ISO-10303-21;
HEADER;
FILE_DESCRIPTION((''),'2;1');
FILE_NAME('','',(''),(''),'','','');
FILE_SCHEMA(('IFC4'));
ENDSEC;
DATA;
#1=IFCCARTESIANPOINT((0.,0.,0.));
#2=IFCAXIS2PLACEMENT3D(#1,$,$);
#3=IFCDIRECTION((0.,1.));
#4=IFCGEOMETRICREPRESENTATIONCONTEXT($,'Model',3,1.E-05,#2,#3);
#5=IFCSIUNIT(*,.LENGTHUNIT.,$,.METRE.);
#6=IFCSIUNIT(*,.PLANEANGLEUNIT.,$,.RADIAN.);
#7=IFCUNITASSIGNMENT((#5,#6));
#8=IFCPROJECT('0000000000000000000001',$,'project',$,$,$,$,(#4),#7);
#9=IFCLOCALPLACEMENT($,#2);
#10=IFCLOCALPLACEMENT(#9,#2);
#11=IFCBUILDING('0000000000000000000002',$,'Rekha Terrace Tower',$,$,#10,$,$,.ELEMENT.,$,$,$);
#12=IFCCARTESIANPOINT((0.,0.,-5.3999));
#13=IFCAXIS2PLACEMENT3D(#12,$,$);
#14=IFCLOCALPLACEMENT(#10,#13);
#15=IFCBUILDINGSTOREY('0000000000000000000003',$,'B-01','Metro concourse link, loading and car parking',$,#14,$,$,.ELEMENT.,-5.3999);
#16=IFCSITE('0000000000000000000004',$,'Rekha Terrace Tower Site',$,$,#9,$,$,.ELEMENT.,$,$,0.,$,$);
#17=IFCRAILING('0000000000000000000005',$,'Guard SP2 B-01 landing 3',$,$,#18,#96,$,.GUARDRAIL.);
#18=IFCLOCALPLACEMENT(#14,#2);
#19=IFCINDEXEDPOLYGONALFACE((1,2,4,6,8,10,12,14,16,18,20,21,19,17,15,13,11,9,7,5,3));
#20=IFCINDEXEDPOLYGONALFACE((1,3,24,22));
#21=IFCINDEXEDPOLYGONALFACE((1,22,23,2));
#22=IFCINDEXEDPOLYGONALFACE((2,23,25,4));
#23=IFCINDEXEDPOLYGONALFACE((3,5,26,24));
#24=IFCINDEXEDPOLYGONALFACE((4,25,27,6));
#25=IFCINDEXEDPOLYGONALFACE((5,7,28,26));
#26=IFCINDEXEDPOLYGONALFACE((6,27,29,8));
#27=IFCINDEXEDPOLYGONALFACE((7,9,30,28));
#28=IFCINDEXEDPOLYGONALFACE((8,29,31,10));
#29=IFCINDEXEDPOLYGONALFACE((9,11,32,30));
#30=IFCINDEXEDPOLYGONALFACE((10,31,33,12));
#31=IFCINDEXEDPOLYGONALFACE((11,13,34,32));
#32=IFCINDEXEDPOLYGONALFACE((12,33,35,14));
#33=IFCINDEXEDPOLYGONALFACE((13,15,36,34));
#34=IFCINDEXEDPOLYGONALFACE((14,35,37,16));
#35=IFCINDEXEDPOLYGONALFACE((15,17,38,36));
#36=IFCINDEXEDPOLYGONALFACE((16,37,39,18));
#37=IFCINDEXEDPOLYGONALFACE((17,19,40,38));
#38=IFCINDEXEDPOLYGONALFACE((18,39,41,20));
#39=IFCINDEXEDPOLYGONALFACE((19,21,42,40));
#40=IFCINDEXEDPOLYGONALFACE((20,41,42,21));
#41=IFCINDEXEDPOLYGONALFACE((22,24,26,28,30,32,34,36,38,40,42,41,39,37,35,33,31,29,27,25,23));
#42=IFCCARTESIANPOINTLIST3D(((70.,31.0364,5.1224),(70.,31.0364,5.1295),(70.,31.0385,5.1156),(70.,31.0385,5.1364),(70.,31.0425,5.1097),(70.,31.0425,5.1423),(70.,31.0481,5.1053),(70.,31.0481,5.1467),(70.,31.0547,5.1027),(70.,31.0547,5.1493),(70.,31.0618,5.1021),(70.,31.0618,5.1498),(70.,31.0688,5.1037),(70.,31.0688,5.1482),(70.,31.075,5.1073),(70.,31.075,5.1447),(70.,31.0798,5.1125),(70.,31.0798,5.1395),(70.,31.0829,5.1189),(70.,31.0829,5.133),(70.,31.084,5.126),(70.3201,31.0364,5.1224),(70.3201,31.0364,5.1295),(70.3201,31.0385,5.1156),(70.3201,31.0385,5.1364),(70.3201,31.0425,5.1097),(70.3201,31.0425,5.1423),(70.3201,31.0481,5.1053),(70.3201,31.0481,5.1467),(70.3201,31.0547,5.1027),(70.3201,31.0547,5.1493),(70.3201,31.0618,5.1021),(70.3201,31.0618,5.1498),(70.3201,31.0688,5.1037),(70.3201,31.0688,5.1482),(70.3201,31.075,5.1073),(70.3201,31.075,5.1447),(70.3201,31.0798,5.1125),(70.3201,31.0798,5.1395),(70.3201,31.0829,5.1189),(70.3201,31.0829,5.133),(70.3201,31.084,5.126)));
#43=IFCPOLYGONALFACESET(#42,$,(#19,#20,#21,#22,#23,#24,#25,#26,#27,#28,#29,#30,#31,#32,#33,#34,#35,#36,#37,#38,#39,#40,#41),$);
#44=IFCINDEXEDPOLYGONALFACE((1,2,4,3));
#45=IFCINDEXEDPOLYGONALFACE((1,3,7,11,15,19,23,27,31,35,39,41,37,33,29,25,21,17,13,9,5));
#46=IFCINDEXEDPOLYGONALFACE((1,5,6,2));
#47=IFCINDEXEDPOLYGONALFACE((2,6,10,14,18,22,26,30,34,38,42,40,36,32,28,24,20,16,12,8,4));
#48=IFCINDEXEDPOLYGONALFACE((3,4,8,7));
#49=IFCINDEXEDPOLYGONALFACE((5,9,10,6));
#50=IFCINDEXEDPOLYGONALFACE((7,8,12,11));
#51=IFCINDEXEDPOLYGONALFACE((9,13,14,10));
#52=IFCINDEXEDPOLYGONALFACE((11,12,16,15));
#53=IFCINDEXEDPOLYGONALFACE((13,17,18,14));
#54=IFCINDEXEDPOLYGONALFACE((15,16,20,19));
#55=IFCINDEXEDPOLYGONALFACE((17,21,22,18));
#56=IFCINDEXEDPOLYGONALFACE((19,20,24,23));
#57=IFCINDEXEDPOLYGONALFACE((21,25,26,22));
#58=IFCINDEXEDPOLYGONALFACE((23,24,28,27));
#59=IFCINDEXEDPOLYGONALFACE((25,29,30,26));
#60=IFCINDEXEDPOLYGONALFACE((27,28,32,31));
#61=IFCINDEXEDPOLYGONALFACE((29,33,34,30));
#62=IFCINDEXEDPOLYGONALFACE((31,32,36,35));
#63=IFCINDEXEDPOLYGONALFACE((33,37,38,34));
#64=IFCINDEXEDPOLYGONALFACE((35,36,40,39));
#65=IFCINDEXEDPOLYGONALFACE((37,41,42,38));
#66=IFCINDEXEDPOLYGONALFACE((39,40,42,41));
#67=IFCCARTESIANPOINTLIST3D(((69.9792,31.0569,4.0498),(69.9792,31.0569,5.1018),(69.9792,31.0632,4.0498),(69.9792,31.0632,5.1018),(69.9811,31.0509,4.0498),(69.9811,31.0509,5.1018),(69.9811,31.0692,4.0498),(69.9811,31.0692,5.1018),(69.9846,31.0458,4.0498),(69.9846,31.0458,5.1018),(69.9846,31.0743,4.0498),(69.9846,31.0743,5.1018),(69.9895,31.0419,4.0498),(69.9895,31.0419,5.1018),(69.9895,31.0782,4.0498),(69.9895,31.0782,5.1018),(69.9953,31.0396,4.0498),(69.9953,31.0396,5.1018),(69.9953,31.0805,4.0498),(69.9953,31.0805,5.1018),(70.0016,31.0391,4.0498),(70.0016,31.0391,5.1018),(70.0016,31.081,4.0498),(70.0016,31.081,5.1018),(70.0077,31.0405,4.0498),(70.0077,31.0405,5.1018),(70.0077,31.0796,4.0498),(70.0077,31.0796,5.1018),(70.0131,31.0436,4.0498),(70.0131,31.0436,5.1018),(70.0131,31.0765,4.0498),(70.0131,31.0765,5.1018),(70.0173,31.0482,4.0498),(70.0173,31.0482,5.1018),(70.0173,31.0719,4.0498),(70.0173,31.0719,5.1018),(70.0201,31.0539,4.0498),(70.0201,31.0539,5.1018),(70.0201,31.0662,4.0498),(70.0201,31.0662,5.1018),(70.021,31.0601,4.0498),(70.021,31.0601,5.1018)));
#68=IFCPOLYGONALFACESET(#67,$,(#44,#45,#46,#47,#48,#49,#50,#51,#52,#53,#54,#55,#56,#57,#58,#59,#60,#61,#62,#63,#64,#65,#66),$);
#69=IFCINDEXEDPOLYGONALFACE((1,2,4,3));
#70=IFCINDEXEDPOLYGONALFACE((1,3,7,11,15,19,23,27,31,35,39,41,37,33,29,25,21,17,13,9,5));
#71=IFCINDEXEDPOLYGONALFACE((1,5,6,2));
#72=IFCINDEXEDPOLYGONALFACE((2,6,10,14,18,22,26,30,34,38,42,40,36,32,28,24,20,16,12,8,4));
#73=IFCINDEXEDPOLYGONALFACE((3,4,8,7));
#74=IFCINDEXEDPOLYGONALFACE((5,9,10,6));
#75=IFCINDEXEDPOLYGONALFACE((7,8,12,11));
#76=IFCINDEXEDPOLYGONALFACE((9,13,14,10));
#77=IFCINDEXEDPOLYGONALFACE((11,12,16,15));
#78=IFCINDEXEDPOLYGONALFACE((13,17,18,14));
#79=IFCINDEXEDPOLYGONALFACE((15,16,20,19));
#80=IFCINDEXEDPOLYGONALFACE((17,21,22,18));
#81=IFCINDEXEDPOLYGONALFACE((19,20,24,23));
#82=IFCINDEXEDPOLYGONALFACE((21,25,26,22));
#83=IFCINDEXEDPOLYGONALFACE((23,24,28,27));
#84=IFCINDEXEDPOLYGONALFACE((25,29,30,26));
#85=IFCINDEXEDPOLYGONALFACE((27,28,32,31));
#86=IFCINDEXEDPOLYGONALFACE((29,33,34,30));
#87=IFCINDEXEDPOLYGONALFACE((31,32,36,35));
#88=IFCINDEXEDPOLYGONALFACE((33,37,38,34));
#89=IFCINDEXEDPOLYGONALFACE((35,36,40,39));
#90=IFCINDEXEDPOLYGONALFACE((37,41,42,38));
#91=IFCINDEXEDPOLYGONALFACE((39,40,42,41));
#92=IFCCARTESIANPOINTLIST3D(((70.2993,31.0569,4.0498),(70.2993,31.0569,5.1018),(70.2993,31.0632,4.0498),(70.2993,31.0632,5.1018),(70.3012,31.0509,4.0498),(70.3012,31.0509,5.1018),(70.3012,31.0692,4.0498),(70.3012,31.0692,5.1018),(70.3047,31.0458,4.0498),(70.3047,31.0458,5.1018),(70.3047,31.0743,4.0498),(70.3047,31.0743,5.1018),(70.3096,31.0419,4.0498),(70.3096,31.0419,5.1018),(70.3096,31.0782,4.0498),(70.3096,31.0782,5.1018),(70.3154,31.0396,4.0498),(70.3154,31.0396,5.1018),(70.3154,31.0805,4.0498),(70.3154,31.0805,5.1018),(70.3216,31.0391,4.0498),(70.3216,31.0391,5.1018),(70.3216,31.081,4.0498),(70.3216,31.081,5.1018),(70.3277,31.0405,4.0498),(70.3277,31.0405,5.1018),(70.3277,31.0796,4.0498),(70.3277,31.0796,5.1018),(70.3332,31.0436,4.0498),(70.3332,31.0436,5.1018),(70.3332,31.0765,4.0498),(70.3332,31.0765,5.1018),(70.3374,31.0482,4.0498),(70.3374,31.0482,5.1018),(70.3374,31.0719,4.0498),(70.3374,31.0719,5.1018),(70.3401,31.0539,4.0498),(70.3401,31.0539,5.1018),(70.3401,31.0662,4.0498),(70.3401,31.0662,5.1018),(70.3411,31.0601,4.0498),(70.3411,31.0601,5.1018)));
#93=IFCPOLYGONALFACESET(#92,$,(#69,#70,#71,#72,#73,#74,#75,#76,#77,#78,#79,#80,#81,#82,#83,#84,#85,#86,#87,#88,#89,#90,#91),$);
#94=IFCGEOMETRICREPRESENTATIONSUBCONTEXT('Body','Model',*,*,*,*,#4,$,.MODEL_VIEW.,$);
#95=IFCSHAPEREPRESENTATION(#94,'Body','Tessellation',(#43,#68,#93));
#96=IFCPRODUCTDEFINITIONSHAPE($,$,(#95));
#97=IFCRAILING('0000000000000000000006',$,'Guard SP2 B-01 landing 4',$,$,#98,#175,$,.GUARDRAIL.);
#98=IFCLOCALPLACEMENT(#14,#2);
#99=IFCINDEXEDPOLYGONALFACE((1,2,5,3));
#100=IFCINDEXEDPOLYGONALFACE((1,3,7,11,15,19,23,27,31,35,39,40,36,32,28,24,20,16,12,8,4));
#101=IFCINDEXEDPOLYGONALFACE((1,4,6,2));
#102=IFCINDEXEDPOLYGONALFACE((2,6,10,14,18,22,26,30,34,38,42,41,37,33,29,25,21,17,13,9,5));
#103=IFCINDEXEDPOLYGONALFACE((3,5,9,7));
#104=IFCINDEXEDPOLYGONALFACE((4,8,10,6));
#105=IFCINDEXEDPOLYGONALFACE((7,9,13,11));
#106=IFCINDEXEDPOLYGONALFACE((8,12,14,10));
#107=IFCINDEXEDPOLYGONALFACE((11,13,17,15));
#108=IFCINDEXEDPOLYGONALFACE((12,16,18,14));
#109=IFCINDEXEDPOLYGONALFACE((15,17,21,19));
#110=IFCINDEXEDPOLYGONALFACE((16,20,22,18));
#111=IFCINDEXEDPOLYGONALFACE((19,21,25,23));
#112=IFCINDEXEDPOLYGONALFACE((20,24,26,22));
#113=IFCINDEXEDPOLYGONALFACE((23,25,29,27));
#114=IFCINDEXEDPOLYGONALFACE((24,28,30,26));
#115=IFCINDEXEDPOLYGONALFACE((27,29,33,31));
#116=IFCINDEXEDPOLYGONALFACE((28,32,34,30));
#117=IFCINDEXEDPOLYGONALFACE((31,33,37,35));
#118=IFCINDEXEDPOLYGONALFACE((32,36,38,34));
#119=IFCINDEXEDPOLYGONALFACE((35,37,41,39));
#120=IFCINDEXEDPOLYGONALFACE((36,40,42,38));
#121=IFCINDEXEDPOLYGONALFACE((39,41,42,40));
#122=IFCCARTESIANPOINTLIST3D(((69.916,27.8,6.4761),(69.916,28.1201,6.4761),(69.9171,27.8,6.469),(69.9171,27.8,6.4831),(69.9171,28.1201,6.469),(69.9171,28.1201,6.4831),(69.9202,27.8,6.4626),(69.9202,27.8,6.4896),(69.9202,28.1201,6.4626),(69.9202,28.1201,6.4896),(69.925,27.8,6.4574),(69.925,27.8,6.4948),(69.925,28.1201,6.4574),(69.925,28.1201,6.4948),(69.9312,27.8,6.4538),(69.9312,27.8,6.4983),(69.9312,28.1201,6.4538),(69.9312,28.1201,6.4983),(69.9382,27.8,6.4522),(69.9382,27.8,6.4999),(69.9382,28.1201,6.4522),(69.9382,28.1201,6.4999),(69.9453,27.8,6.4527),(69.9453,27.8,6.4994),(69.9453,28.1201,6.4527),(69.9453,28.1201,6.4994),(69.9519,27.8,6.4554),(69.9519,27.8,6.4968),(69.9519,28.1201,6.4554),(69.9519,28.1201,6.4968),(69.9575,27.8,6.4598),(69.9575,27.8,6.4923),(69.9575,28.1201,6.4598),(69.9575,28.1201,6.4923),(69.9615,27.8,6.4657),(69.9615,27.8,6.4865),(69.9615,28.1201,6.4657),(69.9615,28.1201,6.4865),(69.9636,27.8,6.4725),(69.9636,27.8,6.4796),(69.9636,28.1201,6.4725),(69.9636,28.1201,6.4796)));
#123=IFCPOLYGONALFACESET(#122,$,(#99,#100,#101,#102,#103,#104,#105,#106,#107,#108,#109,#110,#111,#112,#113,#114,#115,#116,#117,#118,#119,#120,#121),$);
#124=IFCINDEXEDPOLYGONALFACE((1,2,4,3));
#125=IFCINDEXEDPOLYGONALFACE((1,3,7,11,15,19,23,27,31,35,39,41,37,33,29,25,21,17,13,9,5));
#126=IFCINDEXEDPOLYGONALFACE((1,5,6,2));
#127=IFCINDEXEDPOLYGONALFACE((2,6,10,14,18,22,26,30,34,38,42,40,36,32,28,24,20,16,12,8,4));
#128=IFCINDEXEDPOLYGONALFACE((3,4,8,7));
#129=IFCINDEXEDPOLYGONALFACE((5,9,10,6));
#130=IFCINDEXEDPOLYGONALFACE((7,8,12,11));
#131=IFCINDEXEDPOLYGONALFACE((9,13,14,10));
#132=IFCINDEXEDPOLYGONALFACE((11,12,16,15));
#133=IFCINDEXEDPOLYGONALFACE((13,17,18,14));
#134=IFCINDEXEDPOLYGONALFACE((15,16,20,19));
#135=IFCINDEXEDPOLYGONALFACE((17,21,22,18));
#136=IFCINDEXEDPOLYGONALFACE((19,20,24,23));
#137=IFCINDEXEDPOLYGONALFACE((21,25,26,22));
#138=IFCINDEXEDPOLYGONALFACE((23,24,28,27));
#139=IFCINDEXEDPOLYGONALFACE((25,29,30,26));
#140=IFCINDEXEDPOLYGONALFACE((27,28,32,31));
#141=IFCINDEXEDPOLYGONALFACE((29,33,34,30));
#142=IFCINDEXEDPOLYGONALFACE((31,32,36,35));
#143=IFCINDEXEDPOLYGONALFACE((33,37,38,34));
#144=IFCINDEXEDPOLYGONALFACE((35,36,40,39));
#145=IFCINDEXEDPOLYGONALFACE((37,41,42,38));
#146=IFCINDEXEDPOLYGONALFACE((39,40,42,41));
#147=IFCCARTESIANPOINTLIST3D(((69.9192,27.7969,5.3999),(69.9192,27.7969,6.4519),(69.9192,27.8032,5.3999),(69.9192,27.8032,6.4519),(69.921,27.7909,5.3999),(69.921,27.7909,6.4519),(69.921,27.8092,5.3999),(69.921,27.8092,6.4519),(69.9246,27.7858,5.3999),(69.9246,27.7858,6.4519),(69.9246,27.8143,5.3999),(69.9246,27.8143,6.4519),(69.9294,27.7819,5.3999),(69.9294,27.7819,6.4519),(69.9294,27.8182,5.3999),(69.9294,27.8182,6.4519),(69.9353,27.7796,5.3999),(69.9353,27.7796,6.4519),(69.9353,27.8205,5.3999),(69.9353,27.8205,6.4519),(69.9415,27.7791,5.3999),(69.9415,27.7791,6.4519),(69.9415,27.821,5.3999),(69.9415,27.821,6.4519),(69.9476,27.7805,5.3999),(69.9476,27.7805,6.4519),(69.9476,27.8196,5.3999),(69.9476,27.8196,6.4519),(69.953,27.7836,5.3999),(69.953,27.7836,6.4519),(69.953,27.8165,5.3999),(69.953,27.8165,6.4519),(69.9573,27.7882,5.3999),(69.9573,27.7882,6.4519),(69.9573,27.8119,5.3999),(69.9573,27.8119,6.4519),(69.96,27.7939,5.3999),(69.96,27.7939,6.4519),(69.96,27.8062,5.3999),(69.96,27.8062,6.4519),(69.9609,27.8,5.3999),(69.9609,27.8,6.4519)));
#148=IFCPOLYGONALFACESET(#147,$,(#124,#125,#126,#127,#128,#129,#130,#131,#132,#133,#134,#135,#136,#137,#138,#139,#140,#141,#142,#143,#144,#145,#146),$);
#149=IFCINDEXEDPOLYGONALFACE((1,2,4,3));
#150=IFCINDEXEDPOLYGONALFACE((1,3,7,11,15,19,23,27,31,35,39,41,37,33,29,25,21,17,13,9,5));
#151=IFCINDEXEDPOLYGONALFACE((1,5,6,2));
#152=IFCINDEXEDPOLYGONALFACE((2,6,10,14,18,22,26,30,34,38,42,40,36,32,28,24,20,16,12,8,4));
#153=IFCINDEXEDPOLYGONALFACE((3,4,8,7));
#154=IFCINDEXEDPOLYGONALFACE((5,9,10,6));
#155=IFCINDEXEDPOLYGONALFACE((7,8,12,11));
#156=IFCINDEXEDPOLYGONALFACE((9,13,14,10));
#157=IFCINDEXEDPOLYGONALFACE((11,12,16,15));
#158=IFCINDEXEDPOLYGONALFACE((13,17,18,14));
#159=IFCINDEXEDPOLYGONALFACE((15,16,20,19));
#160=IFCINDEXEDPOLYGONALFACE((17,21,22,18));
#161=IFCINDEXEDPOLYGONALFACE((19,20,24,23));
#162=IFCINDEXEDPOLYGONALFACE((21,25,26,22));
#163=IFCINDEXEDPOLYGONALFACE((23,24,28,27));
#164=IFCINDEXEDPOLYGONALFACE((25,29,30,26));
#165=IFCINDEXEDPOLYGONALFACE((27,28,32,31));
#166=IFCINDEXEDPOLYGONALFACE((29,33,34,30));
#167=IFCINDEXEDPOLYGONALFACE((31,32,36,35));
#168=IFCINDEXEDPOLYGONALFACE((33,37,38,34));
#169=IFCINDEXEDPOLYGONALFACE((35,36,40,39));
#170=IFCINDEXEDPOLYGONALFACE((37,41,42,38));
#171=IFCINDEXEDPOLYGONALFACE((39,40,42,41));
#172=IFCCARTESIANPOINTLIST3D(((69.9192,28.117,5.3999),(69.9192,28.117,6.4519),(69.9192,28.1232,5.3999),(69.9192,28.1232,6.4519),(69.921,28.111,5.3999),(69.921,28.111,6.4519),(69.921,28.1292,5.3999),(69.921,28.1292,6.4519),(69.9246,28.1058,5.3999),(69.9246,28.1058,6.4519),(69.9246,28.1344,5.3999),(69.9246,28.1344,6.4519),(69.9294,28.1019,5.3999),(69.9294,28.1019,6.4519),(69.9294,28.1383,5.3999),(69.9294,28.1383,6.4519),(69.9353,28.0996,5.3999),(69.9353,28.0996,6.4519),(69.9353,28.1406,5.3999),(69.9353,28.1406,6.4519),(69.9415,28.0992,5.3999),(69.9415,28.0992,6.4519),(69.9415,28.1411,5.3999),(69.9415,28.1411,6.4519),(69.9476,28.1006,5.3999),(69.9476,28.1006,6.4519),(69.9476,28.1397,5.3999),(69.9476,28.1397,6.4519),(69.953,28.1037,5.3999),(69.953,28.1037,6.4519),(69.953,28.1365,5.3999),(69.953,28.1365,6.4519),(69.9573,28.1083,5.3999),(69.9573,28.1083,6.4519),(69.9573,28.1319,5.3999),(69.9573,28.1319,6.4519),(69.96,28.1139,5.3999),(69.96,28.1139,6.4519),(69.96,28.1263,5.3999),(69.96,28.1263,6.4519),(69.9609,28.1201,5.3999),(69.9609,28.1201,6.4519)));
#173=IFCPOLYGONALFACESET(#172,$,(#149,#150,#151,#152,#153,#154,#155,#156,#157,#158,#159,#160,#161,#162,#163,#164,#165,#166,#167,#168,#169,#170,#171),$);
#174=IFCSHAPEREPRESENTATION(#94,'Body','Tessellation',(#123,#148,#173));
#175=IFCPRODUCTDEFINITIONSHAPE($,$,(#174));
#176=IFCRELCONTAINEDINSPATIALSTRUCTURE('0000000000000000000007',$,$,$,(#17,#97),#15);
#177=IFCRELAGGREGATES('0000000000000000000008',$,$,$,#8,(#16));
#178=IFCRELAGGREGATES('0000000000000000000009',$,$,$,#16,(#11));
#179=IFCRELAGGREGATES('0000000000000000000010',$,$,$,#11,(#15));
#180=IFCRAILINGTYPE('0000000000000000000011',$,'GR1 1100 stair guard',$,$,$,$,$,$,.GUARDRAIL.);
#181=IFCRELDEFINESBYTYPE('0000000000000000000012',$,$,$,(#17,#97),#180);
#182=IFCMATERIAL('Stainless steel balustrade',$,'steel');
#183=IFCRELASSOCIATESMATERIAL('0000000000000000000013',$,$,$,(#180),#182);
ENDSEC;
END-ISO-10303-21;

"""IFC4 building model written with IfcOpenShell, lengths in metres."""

from ifc_helpers import new_model, si_unit, direction, frame, origin, origin_2d, place, context, subcontext, project, spatial, circle, extrude, material, type_object, element, save


model = new_model("IFC4")

# Units and contexts
model_context = context("Model", 3, precision=1e-05, world=origin(), true_north=direction((0.0, 1.0)))
body_context = subcontext(model_context, "Body", "Model", "MODEL_VIEW")
ifc_project = project(units=[si_unit("LENGTHUNIT", "METRE"), si_unit("PLANEANGLEUNIT", "RADIAN")], contexts=[model_context])

# Site, building, storey
site_placement = place(None, origin())
site = spatial("IfcSite", under=ifc_project, at=site_placement, Name="Rekha Terrace Tower Site", CompositionType="ELEMENT", RefElevation=0.0)
building_placement = place(site_placement, origin())
building = spatial("IfcBuilding", under=site, at=building_placement, Name="Rekha Terrace Tower", CompositionType="ELEMENT")
storey_placement = place(building_placement, frame((0.0, 0.0, -5.3999)))
storey = spatial("IfcBuildingStorey", under=building, at=storey_placement, Name="B-01", Description="Metro concourse link, loading and car parking", CompositionType="ELEMENT", Elevation=-5.3999)

# Railings
ifc_material_1 = material(Name="Stainless steel balustrade", Category="steel")
railing_type_1 = type_object("IfcRailingType", Name="GR1 1100 stair guard", PredefinedType="GUARDRAIL", material=ifc_material_1)
railing_1_placement = place(storey_placement, frame((70.0, 31.0601, 4.0498)))
element("IfcRailing", 1, at=railing_1_placement, inside=storey, type_object=railing_type_1, Name="Guard SP2 B-01 landing 3", PredefinedType="GUARDRAIL", context=body_context, shape_type="SweptSolid", body=[
    extrude(circle(Radius=0.0239, at=origin_2d()), frame((0.0, 0.0, 1.0762), z_axis=(1.0, 0.0, 0.0), x_axis=(0.0, 1.0, 0.0)), (0.0, 0.0, 1.0), 0.3201),
    extrude(circle(Radius=0.021, at=origin_2d()), origin(), (0.0, 0.0, 1.0), 1.052),
    extrude(circle(Radius=0.021, at=origin_2d()), frame((0.3201, 0.0, 0.0)), (0.0, 0.0, 1.0), 1.052),
])
railing_2_placement = place(storey_placement, frame((69.9399, 27.8, 5.3999)))
element("IfcRailing", 2, at=railing_2_placement, inside=storey, type_object=railing_type_1, Name="Guard SP2 B-01 landing 4", PredefinedType="GUARDRAIL", context=body_context, shape_type="SweptSolid", body=[
    extrude(circle(Radius=0.0239, at=origin_2d()), frame((0.0, 0.0, 1.0762), z_axis=(0.0, 1.0, 0.0), x_axis=(-1.0, 0.0, 0.0)), (0.0, 0.0, 1.0), 0.3201),
    extrude(circle(Radius=0.021, at=origin_2d()), origin(), (0.0, 0.0, 1.0), 1.052),
    extrude(circle(Radius=0.021, at=origin_2d()), frame((0.0, 0.3201, 0.0)), (0.0, 0.0, 1.0), 1.052),
])

save(model, "model.ifc")
